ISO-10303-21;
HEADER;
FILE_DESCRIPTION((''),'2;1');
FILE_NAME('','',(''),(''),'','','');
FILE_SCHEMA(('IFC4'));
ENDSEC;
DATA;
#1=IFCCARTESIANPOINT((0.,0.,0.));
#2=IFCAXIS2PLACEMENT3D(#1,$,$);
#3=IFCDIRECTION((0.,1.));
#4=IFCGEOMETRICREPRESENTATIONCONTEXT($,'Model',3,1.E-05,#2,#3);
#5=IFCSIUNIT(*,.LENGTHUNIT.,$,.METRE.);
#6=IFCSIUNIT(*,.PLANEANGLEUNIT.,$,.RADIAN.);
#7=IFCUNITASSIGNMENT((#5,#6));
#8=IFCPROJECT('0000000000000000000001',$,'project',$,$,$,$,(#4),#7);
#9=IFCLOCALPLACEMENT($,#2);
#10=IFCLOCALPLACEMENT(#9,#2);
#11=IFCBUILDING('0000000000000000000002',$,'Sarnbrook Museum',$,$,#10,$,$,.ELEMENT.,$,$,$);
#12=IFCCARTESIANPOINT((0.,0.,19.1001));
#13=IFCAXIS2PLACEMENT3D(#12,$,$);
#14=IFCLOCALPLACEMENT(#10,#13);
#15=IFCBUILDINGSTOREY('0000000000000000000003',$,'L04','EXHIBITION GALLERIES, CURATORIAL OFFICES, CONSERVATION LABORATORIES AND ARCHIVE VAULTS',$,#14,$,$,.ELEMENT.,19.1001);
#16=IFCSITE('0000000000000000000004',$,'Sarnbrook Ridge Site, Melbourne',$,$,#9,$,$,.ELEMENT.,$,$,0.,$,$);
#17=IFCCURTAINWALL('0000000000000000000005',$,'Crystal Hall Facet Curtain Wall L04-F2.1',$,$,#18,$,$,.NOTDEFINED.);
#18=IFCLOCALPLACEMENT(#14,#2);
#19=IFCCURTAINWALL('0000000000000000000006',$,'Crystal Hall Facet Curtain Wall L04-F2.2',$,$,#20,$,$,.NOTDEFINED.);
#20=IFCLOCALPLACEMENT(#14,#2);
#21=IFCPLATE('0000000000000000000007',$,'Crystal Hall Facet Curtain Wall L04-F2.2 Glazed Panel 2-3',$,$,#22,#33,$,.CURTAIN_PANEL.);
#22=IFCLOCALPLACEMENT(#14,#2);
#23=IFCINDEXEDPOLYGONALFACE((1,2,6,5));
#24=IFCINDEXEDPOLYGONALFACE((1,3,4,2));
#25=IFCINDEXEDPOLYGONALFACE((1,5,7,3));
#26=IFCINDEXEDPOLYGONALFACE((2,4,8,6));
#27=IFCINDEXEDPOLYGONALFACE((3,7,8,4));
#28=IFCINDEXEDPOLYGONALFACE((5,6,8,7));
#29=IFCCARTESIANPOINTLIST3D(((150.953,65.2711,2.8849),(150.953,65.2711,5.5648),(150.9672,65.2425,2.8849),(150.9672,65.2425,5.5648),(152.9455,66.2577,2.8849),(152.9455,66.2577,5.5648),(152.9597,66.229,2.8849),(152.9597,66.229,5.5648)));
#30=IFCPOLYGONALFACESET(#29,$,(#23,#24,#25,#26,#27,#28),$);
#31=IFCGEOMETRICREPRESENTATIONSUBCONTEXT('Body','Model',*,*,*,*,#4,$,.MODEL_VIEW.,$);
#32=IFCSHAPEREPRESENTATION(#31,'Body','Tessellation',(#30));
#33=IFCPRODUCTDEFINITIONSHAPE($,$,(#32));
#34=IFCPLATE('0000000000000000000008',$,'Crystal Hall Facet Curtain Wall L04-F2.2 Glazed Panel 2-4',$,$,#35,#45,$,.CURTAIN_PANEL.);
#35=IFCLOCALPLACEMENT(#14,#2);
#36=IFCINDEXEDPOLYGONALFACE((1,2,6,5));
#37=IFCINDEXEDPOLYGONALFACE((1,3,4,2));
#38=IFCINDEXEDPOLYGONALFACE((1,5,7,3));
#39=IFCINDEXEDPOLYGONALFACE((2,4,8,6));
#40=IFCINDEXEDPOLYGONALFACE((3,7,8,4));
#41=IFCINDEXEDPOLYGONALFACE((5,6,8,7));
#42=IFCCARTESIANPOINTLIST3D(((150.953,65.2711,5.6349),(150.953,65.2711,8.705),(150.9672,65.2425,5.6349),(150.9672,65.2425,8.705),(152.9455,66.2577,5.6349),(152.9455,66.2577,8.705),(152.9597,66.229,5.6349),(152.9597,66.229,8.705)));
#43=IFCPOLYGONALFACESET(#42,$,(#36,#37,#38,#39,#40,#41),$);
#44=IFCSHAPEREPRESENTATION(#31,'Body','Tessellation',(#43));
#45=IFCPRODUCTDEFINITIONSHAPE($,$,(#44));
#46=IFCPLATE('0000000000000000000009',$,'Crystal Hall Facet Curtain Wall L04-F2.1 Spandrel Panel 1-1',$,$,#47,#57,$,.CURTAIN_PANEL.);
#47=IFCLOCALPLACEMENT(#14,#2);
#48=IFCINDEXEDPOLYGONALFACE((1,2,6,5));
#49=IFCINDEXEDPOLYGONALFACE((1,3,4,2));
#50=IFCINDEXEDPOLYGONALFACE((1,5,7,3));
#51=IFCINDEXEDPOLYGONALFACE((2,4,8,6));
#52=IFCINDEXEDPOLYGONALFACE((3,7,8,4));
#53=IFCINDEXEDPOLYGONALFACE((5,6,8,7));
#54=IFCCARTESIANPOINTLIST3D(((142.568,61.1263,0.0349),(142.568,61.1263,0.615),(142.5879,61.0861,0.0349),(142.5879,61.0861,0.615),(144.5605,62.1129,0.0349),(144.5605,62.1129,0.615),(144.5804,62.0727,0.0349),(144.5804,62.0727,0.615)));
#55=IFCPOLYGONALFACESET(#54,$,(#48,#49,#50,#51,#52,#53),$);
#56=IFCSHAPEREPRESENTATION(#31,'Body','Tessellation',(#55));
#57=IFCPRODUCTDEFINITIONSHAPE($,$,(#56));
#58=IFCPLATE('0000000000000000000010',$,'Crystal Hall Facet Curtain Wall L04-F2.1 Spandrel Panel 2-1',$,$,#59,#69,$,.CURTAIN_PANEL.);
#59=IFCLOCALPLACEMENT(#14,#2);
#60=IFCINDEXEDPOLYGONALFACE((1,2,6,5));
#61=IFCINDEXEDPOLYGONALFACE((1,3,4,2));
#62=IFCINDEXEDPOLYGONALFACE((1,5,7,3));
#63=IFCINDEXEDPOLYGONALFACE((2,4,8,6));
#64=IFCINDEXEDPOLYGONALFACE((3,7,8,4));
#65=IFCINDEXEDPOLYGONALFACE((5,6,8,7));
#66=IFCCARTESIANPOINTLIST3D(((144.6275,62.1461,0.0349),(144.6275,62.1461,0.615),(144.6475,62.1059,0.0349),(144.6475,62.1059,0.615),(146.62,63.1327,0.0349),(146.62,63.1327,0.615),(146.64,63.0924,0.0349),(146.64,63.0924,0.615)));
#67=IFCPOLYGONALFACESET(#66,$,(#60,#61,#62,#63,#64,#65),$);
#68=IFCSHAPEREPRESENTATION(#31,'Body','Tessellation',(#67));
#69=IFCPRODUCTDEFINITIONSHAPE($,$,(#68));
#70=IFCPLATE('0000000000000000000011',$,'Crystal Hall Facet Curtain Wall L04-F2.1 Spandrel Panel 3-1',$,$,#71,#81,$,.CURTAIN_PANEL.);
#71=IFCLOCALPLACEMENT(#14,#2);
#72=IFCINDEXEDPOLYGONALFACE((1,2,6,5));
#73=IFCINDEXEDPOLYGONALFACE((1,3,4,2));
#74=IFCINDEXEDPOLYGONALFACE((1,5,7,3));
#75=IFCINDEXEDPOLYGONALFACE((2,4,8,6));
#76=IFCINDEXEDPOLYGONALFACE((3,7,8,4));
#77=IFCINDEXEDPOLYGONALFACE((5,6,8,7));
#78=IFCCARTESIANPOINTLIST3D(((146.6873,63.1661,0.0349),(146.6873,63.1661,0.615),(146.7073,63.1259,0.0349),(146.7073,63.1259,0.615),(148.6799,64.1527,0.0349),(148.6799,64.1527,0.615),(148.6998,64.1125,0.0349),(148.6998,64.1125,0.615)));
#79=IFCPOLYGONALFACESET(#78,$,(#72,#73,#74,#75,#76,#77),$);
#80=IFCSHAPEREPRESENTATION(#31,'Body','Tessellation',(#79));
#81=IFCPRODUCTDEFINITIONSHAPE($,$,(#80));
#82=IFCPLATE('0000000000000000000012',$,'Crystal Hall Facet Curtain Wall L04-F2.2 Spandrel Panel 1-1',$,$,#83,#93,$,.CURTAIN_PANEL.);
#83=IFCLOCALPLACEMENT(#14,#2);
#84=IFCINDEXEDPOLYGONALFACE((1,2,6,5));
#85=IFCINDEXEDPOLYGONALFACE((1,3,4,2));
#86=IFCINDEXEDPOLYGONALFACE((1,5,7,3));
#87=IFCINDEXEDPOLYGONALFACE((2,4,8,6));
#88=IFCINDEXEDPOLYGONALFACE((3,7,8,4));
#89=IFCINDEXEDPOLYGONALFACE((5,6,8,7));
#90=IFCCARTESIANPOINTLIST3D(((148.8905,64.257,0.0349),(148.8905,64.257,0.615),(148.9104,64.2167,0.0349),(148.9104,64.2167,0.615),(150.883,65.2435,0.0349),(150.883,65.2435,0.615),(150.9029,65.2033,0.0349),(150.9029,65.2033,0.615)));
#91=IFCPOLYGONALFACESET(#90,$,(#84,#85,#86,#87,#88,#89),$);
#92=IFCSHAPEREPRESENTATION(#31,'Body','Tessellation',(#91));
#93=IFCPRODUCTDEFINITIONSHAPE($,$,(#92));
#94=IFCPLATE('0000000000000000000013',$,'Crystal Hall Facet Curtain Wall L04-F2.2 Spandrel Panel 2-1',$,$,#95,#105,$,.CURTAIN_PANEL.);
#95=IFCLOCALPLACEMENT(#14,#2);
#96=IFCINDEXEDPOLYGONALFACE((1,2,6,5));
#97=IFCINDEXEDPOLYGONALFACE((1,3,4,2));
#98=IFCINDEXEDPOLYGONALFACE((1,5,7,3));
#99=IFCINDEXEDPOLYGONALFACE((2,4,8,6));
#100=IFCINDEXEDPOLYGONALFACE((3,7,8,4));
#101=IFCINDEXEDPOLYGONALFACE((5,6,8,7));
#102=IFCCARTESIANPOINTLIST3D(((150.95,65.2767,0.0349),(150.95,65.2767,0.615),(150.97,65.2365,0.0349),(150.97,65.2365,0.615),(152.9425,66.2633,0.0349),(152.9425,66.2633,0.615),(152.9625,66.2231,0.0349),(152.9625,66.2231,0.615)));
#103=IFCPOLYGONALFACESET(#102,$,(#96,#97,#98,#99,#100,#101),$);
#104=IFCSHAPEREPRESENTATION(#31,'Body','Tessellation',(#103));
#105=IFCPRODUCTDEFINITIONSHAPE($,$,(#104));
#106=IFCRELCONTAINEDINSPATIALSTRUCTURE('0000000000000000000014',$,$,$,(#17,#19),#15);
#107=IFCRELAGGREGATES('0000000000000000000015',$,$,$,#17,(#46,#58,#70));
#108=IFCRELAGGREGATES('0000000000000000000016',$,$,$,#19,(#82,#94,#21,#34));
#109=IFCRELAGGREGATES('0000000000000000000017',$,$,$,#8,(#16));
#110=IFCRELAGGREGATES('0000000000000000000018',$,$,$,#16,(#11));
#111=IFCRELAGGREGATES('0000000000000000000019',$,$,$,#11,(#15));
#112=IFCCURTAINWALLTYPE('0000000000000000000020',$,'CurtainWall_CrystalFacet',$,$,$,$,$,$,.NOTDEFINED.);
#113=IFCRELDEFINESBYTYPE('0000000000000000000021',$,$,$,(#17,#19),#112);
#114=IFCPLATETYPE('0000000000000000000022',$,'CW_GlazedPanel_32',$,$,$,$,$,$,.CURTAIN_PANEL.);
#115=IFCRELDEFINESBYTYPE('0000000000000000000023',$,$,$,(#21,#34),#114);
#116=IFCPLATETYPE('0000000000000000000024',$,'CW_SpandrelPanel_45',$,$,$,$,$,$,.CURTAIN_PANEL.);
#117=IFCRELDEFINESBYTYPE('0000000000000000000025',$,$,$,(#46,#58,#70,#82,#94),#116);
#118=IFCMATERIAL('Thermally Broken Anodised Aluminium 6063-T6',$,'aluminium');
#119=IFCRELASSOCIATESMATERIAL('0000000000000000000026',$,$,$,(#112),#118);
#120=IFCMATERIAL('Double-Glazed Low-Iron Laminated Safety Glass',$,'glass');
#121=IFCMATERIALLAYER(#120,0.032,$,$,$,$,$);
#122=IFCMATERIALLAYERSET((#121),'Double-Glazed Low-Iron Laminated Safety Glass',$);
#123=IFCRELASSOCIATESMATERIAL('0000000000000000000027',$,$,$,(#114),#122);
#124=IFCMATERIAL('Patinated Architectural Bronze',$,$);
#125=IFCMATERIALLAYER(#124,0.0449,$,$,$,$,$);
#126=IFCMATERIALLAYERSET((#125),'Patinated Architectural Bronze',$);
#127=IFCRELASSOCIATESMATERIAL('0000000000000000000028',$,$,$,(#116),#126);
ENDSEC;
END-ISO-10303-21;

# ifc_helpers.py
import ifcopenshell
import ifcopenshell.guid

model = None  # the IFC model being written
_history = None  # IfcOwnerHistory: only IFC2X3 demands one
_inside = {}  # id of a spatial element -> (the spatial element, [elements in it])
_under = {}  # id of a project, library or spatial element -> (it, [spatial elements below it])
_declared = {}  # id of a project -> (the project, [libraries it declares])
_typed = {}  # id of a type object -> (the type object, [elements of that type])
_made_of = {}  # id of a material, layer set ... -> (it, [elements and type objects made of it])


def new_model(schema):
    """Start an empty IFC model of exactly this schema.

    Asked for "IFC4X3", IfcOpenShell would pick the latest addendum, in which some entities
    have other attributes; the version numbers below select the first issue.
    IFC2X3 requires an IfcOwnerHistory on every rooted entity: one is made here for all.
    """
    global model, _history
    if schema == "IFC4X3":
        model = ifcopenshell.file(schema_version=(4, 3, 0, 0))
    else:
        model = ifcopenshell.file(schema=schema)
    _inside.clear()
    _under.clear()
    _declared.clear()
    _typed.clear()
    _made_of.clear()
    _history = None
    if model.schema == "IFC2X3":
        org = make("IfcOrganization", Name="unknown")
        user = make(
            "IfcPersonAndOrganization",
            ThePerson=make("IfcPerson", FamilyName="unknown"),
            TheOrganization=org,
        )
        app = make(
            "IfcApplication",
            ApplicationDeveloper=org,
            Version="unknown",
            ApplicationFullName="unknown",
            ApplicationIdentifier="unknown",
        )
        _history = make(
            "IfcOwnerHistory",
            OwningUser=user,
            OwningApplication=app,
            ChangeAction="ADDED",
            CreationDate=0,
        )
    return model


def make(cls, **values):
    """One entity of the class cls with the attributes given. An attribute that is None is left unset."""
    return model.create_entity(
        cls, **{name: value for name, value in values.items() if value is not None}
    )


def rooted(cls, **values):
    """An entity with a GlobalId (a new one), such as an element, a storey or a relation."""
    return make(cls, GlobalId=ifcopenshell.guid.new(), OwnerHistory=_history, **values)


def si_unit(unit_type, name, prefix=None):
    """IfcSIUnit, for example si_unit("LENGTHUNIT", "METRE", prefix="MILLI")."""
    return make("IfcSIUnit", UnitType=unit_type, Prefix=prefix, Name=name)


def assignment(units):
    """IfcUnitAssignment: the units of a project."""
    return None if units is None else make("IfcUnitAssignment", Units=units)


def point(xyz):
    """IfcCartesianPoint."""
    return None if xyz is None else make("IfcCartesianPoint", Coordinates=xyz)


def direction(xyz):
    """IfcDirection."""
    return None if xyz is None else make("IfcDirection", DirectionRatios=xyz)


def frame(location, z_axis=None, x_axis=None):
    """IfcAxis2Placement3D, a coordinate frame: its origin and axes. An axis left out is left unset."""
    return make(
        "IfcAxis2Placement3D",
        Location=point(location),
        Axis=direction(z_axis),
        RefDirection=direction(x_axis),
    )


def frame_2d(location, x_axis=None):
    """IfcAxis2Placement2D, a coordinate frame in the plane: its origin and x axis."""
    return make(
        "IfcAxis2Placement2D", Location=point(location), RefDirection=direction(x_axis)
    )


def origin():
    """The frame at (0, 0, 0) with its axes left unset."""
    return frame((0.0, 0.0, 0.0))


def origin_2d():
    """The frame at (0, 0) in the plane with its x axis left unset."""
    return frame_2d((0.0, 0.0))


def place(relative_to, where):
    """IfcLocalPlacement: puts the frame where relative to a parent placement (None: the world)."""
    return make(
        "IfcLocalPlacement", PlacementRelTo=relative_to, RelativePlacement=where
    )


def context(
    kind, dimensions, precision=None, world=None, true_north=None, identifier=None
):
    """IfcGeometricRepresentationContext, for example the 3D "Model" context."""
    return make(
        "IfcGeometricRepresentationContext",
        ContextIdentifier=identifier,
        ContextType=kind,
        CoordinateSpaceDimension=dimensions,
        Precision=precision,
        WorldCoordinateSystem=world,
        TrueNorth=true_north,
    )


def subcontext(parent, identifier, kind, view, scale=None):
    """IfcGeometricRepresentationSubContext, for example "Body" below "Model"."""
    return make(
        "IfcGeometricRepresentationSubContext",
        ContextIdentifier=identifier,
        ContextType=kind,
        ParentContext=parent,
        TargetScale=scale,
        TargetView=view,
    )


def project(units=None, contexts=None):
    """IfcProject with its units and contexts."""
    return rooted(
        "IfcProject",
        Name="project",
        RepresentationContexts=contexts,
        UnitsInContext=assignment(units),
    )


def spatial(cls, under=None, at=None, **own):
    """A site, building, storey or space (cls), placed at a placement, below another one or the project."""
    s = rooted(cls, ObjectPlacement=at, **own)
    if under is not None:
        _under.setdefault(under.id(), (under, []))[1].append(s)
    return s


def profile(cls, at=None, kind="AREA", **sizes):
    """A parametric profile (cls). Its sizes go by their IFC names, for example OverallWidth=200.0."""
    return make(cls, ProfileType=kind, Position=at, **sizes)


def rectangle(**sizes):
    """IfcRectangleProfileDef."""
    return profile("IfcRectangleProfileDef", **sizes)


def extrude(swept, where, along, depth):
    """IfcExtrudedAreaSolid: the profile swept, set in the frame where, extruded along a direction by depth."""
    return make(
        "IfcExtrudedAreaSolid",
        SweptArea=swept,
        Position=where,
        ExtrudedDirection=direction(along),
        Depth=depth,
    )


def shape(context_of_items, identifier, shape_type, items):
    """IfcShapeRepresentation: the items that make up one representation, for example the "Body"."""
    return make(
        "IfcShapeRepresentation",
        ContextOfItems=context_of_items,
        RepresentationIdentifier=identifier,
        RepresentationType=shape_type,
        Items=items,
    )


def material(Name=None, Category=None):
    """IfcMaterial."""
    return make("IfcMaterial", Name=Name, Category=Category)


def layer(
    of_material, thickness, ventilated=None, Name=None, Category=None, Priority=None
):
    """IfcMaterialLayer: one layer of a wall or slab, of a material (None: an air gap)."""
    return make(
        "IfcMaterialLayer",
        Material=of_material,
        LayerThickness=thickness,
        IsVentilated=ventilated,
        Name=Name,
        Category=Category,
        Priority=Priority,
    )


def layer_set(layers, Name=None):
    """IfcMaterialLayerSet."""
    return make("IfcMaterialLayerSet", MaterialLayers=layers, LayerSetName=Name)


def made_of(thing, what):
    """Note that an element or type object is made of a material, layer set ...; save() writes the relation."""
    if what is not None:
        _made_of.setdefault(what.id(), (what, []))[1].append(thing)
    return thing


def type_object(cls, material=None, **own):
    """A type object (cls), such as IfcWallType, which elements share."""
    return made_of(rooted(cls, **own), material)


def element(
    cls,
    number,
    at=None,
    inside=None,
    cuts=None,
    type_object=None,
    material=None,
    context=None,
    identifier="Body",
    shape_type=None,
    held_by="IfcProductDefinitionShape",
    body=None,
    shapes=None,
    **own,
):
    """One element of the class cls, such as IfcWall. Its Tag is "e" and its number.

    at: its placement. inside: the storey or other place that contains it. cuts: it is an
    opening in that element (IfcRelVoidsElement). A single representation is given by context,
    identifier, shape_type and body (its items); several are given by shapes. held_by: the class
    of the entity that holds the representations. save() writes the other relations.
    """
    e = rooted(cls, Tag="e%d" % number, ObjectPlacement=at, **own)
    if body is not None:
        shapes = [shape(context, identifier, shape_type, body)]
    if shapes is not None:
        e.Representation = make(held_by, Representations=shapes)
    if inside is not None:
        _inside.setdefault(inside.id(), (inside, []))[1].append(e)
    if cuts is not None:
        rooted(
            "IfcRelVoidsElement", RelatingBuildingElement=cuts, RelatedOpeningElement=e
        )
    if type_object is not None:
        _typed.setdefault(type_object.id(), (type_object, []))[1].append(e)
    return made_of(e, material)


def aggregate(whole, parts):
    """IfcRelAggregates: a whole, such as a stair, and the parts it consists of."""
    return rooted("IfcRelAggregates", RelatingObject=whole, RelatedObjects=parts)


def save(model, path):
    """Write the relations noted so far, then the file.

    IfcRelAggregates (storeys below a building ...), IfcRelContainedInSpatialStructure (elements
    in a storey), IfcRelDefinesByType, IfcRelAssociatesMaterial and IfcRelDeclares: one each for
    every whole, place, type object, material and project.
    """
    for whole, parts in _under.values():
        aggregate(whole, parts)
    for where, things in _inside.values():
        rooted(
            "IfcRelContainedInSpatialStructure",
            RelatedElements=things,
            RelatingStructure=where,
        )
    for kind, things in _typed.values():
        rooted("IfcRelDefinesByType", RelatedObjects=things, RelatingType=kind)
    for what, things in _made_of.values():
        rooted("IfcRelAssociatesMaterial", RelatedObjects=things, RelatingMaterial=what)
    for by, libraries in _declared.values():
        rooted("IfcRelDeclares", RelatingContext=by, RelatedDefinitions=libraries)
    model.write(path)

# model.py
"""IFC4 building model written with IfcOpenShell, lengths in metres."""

from ifc_helpers import new_model, si_unit, direction, frame, origin, origin_2d, place, context, subcontext, project, spatial, rectangle, extrude, material, layer, layer_set, type_object, element, aggregate, save


model = new_model("IFC4")

# Units and contexts
model_context = context("Model", 3, precision=1e-05, world=origin(), true_north=direction((0.0, 1.0)))
body_context = subcontext(model_context, "Body", "Model", "MODEL_VIEW")
ifc_project = project(units=[si_unit("LENGTHUNIT", "METRE"), si_unit("PLANEANGLEUNIT", "RADIAN")], contexts=[model_context])

# Site, building, storey
site_placement = place(None, origin())
site = spatial("IfcSite", under=ifc_project, at=site_placement, Name="Sarnbrook Ridge Site, Melbourne", CompositionType="ELEMENT", RefElevation=0.0)
building_placement = place(site_placement, origin())
building = spatial("IfcBuilding", under=site, at=building_placement, Name="Sarnbrook Museum", CompositionType="ELEMENT")
storey_placement = place(building_placement, frame((0.0, 0.0, 19.1001)))
storey = spatial("IfcBuildingStorey", under=building, at=storey_placement, Name="L04", Description="EXHIBITION GALLERIES, CURATORIAL OFFICES, CONSERVATION LABORATORIES AND ARCHIVE VAULTS", CompositionType="ELEMENT", Elevation=19.1001)

# Curtain walls
ifc_material_1 = material(Name="Thermally Broken Anodised Aluminium 6063-T6", Category="aluminium")
curtain_wall_type = type_object("IfcCurtainWallType", Name="CurtainWall_CrystalFacet", PredefinedType="NOTDEFINED", material=ifc_material_1)
curtain_wall_1_placement = place(storey_placement, origin())
curtain_wall_1 = element("IfcCurtainWall", 1, at=curtain_wall_1_placement, inside=storey, type_object=curtain_wall_type, Name="Crystal Hall Facet Curtain Wall L04-F2.1", PredefinedType="NOTDEFINED")
curtain_wall_2_placement = place(storey_placement, origin())
curtain_wall_2 = element("IfcCurtainWall", 2, at=curtain_wall_2_placement, inside=storey, type_object=curtain_wall_type, Name="Crystal Hall Facet Curtain Wall L04-F2.2", PredefinedType="NOTDEFINED")

# Plates
ifc_material_2 = material(Name="Double-Glazed Low-Iron Laminated Safety Glass", Category="glass")
ifc_layer_1 = layer(ifc_material_2, 0.032)
ifc_layer_set_1 = layer_set([ifc_layer_1], Name="Double-Glazed Low-Iron Laminated Safety Glass")
plate_type_1 = type_object("IfcPlateType", Name="CW_GlazedPanel_32", PredefinedType="CURTAIN_PANEL", material=ifc_layer_set_1)
plate_1_placement = place(storey_placement, frame((151.9492, 65.7644, 4.2249), z_axis=(0.443729, -0.896161, 0.0), x_axis=(0.896161, 0.443729, 0.0)))
plate_1 = element("IfcPlate", 3, at=plate_1_placement, type_object=plate_type_1, Name="Crystal Hall Facet Curtain Wall L04-F2.2 Glazed Panel 2-3", PredefinedType="CURTAIN_PANEL", context=body_context, shape_type="SweptSolid", body=[
    extrude(rectangle(XDim=2.2234, YDim=2.6799, at=origin_2d()), origin(), (0.0, 0.0, 1.0), 0.032),
])
plate_2_placement = place(storey_placement, frame((151.9492, 65.7644, 7.1699), z_axis=(0.443729, -0.896161, 0.0), x_axis=(0.896161, 0.443729, 0.0)))
plate_2 = element("IfcPlate", 4, at=plate_2_placement, type_object=plate_type_1, Name="Crystal Hall Facet Curtain Wall L04-F2.2 Glazed Panel 2-4", PredefinedType="CURTAIN_PANEL", context=body_context, shape_type="SweptSolid", body=[
    extrude(rectangle(XDim=2.2234, YDim=3.0701, at=origin_2d()), origin(), (0.0, 0.0, 1.0), 0.032),
])
ifc_material_3 = material(Name="Patinated Architectural Bronze")
ifc_layer_2 = layer(ifc_material_3, 0.0449)
ifc_layer_set_2 = layer_set([ifc_layer_2], Name="Patinated Architectural Bronze")
plate_type_2 = type_object("IfcPlateType", Name="CW_SpandrelPanel_45", PredefinedType="CURTAIN_PANEL", material=ifc_layer_set_2)
plate_3_placement = place(storey_placement, frame((143.5642, 61.6196, 0.325), z_axis=(0.443729, -0.896161, 0.0), x_axis=(0.896161, 0.443729, 0.0)))
plate_3 = element("IfcPlate", 5, at=plate_3_placement, type_object=plate_type_2, Name="Crystal Hall Facet Curtain Wall L04-F2.1 Spandrel Panel 1-1", PredefinedType="CURTAIN_PANEL", context=body_context, shape_type="SweptSolid", body=[
    extrude(rectangle(XDim=2.2234, YDim=0.5801, at=origin_2d()), origin(), (0.0, 0.0, 1.0), 0.0449),
])
plate_4_placement = place(storey_placement, frame((145.6238, 62.6394, 0.325), z_axis=(0.443729, -0.896161, 0.0), x_axis=(0.896161, 0.443729, 0.0)))
plate_4 = element("IfcPlate", 6, at=plate_4_placement, type_object=plate_type_2, Name="Crystal Hall Facet Curtain Wall L04-F2.1 Spandrel Panel 2-1", PredefinedType="CURTAIN_PANEL", context=body_context, shape_type="SweptSolid", body=[
    extrude(rectangle(XDim=2.2234, YDim=0.5801, at=origin_2d()), origin(), (0.0, 0.0, 1.0), 0.0449),
])
plate_5_placement = place(storey_placement, frame((147.6836, 63.6594, 0.325), z_axis=(0.443729, -0.896161, 0.0), x_axis=(0.896161, 0.443729, 0.0)))
plate_5 = element("IfcPlate", 7, at=plate_5_placement, type_object=plate_type_2, Name="Crystal Hall Facet Curtain Wall L04-F2.1 Spandrel Panel 3-1", PredefinedType="CURTAIN_PANEL", context=body_context, shape_type="SweptSolid", body=[
    extrude(rectangle(XDim=2.2234, YDim=0.5801, at=origin_2d()), origin(), (0.0, 0.0, 1.0), 0.0449),
])
aggregate(curtain_wall_1, [plate_3, plate_4, plate_5])
plate_6_placement = place(storey_placement, frame((149.8867, 64.7502, 0.325), z_axis=(0.443729, -0.896161, 0.0), x_axis=(0.896161, 0.443729, 0.0)))
plate_6 = element("IfcPlate", 8, at=plate_6_placement, type_object=plate_type_2, Name="Crystal Hall Facet Curtain Wall L04-F2.2 Spandrel Panel 1-1", PredefinedType="CURTAIN_PANEL", context=body_context, shape_type="SweptSolid", body=[
    extrude(rectangle(XDim=2.2234, YDim=0.5801, at=origin_2d()), origin(), (0.0, 0.0, 1.0), 0.0449),
])
plate_7_placement = place(storey_placement, frame((151.9463, 65.77, 0.325), z_axis=(0.443729, -0.896161, 0.0), x_axis=(0.896161, 0.443729, 0.0)))
plate_7 = element("IfcPlate", 9, at=plate_7_placement, type_object=plate_type_2, Name="Crystal Hall Facet Curtain Wall L04-F2.2 Spandrel Panel 2-1", PredefinedType="CURTAIN_PANEL", context=body_context, shape_type="SweptSolid", body=[
    extrude(rectangle(XDim=2.2234, YDim=0.5801, at=origin_2d()), origin(), (0.0, 0.0, 1.0), 0.0449),
])
aggregate(curtain_wall_2, [plate_6, plate_7, plate_1, plate_2])

save(model, "model.ifc")
